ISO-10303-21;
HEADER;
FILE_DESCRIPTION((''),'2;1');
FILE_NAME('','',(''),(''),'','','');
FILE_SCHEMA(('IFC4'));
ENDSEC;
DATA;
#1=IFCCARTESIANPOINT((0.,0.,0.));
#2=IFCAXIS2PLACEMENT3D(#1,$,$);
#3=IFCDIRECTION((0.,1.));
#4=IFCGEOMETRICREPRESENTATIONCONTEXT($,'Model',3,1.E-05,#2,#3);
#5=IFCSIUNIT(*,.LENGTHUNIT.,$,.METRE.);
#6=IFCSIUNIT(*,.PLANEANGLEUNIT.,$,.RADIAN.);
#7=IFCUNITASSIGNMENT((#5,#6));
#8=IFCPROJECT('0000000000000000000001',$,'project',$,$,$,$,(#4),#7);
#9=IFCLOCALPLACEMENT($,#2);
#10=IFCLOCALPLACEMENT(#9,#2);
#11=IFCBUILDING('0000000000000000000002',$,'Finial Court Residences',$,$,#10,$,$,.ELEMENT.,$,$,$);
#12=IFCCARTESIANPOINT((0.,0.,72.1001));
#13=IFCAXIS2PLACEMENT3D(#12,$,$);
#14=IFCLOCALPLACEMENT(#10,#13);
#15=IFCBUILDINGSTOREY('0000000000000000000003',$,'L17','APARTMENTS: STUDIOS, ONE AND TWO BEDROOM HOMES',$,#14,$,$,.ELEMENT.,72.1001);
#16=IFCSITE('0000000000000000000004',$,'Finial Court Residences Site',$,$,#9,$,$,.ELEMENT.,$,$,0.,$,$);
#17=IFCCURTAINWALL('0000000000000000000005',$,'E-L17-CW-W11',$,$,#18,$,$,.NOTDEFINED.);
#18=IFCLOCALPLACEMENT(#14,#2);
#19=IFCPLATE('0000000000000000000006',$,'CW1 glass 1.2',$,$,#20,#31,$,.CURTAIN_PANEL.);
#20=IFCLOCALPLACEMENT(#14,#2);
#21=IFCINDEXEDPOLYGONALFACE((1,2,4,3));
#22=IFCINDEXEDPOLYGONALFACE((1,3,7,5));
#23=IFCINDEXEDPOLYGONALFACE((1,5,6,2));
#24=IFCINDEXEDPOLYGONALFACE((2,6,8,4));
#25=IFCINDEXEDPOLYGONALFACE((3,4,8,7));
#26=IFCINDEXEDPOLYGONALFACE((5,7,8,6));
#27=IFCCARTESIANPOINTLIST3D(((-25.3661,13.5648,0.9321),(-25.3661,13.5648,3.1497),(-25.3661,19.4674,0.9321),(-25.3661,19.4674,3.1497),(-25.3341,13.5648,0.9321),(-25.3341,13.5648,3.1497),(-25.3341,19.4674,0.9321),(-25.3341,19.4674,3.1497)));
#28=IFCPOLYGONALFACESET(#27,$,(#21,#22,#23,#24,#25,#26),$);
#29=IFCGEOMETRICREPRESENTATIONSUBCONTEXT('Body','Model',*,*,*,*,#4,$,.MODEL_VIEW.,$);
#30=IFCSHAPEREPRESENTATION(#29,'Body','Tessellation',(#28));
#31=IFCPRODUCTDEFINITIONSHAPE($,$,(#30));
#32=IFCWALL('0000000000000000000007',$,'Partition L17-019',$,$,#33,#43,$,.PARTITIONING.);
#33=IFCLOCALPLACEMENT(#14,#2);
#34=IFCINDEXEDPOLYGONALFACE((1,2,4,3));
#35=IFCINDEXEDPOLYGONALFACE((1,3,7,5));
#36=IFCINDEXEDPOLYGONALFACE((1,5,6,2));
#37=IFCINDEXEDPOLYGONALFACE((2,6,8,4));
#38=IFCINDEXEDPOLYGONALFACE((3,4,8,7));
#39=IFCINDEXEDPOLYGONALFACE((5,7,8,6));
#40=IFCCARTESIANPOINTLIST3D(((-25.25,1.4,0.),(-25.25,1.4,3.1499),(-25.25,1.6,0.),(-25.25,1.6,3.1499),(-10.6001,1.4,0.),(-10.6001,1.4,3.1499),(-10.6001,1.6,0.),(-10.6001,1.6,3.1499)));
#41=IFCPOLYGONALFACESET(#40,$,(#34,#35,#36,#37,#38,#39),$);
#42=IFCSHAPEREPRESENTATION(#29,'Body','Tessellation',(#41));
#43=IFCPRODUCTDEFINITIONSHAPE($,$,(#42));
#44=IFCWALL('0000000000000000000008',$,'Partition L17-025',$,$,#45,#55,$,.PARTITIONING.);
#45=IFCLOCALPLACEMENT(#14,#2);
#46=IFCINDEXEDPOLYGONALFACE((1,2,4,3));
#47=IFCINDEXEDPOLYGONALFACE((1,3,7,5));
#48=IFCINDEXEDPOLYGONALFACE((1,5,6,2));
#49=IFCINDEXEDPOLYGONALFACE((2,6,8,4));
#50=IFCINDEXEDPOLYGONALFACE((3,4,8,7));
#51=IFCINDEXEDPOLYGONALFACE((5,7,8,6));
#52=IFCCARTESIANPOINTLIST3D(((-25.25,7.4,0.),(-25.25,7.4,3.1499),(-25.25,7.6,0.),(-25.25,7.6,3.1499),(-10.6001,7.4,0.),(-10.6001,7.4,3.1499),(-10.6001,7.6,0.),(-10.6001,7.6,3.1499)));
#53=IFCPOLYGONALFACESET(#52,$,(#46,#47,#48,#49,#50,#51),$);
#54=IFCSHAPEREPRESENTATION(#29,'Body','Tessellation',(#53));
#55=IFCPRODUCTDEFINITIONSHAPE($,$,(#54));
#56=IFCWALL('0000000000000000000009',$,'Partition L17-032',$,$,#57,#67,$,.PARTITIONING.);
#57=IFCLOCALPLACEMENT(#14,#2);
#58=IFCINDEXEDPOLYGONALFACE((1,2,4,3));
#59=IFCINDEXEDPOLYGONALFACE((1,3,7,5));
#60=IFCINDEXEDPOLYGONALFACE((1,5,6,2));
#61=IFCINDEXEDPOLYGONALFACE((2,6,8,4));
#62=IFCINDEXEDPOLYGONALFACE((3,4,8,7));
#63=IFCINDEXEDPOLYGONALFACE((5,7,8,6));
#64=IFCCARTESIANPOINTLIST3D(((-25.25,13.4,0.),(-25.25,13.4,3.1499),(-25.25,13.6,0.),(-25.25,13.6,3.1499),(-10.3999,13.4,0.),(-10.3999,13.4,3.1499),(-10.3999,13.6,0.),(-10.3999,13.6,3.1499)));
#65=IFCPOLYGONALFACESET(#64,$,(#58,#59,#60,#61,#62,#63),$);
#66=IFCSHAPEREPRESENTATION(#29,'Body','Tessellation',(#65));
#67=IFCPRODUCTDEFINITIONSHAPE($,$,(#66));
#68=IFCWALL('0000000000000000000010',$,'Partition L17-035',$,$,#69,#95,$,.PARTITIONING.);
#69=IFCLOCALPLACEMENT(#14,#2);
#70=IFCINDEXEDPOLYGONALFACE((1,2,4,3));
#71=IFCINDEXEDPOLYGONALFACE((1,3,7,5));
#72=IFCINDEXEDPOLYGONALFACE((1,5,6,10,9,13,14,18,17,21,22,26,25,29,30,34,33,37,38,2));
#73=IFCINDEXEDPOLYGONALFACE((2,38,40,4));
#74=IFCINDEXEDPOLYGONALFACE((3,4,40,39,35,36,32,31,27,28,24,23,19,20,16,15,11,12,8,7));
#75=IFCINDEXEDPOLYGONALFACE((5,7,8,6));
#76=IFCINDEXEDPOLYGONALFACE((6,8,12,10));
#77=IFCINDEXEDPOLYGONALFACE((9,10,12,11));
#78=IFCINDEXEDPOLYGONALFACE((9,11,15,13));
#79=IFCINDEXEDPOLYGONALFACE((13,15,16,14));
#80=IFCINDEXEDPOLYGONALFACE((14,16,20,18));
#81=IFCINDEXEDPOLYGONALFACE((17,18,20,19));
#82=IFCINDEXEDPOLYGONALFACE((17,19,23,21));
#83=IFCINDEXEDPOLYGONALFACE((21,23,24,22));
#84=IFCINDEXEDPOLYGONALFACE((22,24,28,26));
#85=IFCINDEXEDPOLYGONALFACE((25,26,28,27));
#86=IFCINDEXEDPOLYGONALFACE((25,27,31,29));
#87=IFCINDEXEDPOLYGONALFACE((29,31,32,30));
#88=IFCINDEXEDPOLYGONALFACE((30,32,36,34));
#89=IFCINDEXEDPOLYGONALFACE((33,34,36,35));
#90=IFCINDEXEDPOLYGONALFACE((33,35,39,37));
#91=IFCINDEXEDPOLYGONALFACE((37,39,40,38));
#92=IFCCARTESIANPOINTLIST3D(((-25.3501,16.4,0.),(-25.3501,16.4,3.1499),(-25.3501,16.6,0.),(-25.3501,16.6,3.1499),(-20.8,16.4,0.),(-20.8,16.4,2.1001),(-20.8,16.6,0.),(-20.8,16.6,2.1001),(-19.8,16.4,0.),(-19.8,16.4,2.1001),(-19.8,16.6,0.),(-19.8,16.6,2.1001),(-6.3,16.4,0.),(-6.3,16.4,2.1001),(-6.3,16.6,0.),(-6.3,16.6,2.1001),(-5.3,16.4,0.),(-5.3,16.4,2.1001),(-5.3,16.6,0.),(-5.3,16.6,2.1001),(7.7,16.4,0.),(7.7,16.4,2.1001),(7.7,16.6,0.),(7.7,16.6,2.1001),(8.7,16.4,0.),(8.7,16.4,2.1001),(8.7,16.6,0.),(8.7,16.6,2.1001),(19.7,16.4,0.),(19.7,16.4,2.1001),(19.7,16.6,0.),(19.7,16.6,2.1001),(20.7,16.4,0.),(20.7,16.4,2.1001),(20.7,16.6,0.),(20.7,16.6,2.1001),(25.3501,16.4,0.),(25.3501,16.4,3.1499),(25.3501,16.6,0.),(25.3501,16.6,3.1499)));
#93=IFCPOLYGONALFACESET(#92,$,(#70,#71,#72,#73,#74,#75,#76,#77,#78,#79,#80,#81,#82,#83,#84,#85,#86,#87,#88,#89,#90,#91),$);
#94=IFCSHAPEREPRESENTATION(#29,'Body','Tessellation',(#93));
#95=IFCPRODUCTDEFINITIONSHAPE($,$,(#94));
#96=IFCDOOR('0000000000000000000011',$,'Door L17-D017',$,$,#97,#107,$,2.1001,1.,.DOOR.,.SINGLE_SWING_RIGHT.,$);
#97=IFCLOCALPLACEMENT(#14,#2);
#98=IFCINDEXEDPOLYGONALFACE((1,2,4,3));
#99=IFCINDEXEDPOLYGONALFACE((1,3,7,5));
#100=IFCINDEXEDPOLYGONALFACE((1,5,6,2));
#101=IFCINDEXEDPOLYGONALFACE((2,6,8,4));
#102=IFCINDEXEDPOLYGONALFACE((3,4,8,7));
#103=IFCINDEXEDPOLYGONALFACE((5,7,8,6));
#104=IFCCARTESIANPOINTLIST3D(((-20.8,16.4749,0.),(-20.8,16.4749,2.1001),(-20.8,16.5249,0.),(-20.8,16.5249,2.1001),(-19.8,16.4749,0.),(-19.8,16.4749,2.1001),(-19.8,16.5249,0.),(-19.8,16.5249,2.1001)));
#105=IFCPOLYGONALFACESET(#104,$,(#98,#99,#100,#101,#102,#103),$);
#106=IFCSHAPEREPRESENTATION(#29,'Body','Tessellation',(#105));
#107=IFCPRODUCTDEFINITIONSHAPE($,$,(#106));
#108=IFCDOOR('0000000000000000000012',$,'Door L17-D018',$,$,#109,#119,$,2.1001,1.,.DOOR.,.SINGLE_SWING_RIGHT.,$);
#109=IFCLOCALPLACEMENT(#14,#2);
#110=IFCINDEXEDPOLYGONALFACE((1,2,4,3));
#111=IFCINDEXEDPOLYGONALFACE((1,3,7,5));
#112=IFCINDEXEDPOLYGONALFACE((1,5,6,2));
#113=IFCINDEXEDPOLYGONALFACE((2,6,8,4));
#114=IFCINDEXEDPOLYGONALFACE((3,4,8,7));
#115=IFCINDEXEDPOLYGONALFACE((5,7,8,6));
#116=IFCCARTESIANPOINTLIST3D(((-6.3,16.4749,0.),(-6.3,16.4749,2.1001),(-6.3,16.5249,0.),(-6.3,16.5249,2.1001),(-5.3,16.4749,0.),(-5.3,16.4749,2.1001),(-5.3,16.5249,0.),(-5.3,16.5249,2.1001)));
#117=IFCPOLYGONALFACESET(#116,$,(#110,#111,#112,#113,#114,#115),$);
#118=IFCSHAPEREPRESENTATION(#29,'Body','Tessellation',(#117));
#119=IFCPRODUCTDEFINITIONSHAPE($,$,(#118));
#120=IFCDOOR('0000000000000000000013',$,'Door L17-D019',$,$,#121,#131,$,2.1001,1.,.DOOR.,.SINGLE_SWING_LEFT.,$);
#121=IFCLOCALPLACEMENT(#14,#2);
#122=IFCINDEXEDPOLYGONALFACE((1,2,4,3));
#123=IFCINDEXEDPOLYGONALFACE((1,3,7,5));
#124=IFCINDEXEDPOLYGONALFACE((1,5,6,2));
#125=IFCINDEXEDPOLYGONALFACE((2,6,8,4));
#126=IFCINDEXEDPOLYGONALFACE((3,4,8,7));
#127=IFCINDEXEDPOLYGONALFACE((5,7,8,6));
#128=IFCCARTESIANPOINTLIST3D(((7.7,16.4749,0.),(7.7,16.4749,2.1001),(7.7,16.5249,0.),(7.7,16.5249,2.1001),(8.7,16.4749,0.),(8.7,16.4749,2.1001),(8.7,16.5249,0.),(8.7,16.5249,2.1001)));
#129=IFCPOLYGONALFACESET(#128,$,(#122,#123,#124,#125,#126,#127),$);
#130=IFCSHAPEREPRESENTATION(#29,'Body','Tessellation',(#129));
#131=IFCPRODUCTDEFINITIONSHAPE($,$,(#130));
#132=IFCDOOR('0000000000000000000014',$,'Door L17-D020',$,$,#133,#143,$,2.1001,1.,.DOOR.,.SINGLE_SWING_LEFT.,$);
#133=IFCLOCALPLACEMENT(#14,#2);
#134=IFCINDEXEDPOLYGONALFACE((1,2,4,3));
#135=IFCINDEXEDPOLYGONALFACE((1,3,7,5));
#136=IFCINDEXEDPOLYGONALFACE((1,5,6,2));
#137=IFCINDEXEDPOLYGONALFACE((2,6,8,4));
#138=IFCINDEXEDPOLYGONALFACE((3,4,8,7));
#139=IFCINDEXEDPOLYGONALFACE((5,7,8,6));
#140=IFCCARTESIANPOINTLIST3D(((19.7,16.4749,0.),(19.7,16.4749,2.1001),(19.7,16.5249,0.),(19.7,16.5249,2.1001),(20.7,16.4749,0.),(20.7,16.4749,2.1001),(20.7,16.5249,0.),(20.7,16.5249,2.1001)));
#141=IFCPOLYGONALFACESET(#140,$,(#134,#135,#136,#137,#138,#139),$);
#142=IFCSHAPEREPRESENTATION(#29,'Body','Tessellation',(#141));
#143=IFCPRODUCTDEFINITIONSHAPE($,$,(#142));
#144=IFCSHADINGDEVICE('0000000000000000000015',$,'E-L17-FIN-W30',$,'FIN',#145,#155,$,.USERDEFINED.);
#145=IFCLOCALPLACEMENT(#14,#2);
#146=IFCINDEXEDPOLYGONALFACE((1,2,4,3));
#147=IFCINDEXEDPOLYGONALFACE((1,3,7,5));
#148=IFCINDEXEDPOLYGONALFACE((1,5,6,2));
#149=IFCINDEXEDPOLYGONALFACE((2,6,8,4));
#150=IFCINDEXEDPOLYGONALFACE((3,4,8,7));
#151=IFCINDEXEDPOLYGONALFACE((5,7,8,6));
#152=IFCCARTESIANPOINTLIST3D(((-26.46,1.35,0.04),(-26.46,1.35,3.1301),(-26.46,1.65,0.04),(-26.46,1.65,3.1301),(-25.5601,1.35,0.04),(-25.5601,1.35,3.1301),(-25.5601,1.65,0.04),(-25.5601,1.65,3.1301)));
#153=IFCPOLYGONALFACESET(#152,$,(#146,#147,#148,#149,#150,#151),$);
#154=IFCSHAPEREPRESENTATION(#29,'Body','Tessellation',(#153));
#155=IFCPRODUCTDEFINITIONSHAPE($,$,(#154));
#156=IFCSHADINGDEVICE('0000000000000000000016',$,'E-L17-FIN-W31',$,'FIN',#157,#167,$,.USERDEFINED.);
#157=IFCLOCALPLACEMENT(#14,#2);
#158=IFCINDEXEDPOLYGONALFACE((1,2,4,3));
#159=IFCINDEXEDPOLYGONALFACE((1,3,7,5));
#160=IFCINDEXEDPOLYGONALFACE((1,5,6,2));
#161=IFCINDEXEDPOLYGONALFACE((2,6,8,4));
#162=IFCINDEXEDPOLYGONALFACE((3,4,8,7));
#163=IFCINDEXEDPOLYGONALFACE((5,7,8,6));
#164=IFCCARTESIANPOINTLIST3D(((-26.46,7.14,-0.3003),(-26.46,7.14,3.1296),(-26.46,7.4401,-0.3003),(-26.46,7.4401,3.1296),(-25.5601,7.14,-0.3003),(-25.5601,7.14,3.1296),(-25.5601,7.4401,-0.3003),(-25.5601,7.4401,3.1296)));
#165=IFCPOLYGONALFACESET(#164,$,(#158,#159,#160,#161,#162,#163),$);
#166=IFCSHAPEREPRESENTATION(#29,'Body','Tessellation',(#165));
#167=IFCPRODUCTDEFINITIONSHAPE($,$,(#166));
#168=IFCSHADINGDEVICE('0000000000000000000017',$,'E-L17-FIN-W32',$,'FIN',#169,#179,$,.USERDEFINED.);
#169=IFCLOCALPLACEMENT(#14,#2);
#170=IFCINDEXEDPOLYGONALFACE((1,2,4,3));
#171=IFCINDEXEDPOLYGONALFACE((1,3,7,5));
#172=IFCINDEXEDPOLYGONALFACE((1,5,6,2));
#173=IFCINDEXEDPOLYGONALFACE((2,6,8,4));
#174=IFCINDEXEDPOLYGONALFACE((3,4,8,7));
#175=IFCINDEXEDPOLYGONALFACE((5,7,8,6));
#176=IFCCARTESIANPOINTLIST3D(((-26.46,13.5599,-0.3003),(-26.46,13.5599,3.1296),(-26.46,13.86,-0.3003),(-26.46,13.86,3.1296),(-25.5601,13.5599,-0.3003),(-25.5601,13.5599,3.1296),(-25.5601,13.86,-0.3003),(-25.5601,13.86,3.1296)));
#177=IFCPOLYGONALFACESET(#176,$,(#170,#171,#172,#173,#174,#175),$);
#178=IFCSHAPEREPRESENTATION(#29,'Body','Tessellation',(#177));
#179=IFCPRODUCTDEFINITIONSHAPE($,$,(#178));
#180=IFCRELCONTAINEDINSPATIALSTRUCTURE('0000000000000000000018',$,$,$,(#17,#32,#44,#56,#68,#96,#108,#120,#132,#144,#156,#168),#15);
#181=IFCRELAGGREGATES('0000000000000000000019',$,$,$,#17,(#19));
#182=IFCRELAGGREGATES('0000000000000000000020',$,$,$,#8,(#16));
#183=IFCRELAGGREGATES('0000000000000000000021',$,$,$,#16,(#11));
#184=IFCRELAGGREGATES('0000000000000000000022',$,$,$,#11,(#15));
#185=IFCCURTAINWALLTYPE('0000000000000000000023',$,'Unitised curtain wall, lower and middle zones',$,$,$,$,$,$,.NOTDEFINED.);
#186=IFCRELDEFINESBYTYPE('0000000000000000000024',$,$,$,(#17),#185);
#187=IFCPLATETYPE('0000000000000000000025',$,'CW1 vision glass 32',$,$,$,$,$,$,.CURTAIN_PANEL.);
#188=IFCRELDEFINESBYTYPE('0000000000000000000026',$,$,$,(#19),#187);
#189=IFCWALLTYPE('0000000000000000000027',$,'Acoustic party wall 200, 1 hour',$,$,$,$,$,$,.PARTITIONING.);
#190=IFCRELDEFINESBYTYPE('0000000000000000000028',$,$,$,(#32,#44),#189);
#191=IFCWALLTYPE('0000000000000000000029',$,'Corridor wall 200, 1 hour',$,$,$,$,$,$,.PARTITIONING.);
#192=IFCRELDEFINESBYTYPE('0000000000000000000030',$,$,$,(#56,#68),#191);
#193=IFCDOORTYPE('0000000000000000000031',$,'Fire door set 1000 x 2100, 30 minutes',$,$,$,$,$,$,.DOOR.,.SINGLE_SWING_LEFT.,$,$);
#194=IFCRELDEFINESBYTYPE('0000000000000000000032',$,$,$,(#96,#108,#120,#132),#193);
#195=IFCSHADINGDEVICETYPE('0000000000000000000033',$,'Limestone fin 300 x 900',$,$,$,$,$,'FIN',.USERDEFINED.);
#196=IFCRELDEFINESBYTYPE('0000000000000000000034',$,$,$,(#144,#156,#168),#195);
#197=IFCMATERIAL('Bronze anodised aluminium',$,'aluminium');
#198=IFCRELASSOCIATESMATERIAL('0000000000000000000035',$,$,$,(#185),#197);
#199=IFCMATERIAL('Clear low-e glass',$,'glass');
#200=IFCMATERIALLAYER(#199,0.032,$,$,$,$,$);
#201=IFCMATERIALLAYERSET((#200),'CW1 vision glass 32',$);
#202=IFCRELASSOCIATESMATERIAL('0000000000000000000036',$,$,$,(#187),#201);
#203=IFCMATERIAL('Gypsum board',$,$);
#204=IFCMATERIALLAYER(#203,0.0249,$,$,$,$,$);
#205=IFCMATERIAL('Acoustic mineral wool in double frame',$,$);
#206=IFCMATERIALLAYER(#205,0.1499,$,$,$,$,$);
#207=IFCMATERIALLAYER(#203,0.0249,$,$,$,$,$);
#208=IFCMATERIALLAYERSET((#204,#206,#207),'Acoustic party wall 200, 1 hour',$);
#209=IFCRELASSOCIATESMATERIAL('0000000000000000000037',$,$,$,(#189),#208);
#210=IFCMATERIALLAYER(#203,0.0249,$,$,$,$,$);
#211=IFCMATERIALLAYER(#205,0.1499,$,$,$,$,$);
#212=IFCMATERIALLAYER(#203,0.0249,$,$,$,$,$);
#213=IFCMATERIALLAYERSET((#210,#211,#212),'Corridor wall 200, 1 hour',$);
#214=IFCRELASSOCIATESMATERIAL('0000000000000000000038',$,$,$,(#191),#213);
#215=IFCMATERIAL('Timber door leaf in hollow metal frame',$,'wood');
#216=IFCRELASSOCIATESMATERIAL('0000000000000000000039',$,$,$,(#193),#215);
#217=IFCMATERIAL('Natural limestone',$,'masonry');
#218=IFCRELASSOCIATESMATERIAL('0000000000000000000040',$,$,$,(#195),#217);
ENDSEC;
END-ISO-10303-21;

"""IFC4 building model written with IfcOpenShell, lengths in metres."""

from ifc_helpers import new_model, si_unit, direction, frame, frame_2d, origin, origin_2d, place, context, subcontext, project, spatial, rectangle, extrude, material, layer, layer_set, type_object, element, fill, aggregate, save


model = new_model("IFC4")

# Units and contexts
model_context = context("Model", 3, precision=1e-05, world=origin(), true_north=direction((0.0, 1.0)))
body_context = subcontext(model_context, "Body", "Model", "MODEL_VIEW")
ifc_project = project(units=[si_unit("LENGTHUNIT", "METRE"), si_unit("PLANEANGLEUNIT", "RADIAN")], contexts=[model_context])

# Site, building, storey
site_placement = place(None, origin())
site = spatial("IfcSite", under=ifc_project, at=site_placement, Name="Finial Court Residences Site", CompositionType="ELEMENT", RefElevation=0.0)
building_placement = place(site_placement, origin())
building = spatial("IfcBuilding", under=site, at=building_placement, Name="Finial Court Residences", CompositionType="ELEMENT")
storey_placement = place(building_placement, frame((0.0, 0.0, 72.1001)))
storey = spatial("IfcBuildingStorey", under=building, at=storey_placement, Name="L17", Description="APARTMENTS: STUDIOS, ONE AND TWO BEDROOM HOMES", CompositionType="ELEMENT", Elevation=72.1001)

# Curtain wall
ifc_material_1 = material(Name="Bronze anodised aluminium", Category="aluminium")
curtain_wall_type = type_object("IfcCurtainWallType", Name="Unitised curtain wall, lower and middle zones", PredefinedType="NOTDEFINED", material=ifc_material_1)
curtain_wall_1_placement = place(storey_placement, origin())
curtain_wall_1 = element("IfcCurtainWall", 1, at=curtain_wall_1_placement, inside=storey, type_object=curtain_wall_type, Name="E-L17-CW-W11", PredefinedType="NOTDEFINED")

# Plate
ifc_material_2 = material(Name="Clear low-e glass", Category="glass")
ifc_layer_1 = layer(ifc_material_2, 0.032)
ifc_layer_set_1 = layer_set([ifc_layer_1], Name="CW1 vision glass 32")
plate_type_1 = type_object("IfcPlateType", Name="CW1 vision glass 32", PredefinedType="CURTAIN_PANEL", material=ifc_layer_set_1)
plate_1_placement = place(storey_placement, frame((-25.3501, 16.5161, 0.9321), z_axis=(0.0, 0.0, 1.0), x_axis=(0.0, 1.0, 0.0)))
plate_1 = element("IfcPlate", 2, at=plate_1_placement, type_object=plate_type_1, Name="CW1 glass 1.2", PredefinedType="CURTAIN_PANEL", context=body_context, shape_type="SweptSolid", body=[
    extrude(rectangle(XDim=5.9026, YDim=0.032, at=origin_2d()), origin(), (0.0, 0.0, 1.0), 2.2175),
])
aggregate(curtain_wall_1, [plate_1])

# Walls
ifc_material_3 = material(Name="Gypsum board")
ifc_layer_2 = layer(ifc_material_3, 0.0249)
ifc_material_4 = material(Name="Acoustic mineral wool in double frame")
ifc_layer_3 = layer(ifc_material_4, 0.1499)
ifc_layer_4 = layer(ifc_material_3, 0.0249)
ifc_layer_set_2 = layer_set([ifc_layer_2, ifc_layer_3, ifc_layer_4], Name="Acoustic party wall 200, 1 hour")
wall_type_1 = type_object("IfcWallType", Name="Acoustic party wall 200, 1 hour", PredefinedType="PARTITIONING", material=ifc_layer_set_2)
for number, where, z_axis, x_axis, name in (
    (3, (-25.25, 1.5, 0.0), (0.0, 0.0, 1.0), (1.0, 0.0, 0.0), "Partition L17-019"),
    (4, (-25.25, 7.5, 0.0), (0.0, 0.0, 1.0), (1.0, 0.0, 0.0), "Partition L17-025"),
):
    element("IfcWall", number, at=place(storey_placement, frame(where, z_axis=z_axis, x_axis=x_axis)), inside=storey, type_object=wall_type_1, Name=name, PredefinedType="PARTITIONING", context=body_context, shape_type="SweptSolid", body=[
        extrude(rectangle(XDim=14.6499, YDim=0.2, at=frame_2d((7.325, 0.0))), origin(), (0.0, 0.0, 1.0), 3.1499),
    ])
ifc_layer_5 = layer(ifc_material_3, 0.0249)
ifc_layer_6 = layer(ifc_material_4, 0.1499)
ifc_layer_7 = layer(ifc_material_3, 0.0249)
ifc_layer_set_3 = layer_set([ifc_layer_5, ifc_layer_6, ifc_layer_7], Name="Corridor wall 200, 1 hour")
wall_type_2 = type_object("IfcWallType", Name="Corridor wall 200, 1 hour", PredefinedType="PARTITIONING", material=ifc_layer_set_3)
wall_1_placement = place(storey_placement, frame((-25.25, 13.5, 0.0), z_axis=(0.0, 0.0, 1.0), x_axis=(1.0, 0.0, 0.0)))
element("IfcWall", 5, at=wall_1_placement, inside=storey, type_object=wall_type_2, Name="Partition L17-032", PredefinedType="PARTITIONING", context=body_context, shape_type="SweptSolid", body=[
    extrude(rectangle(XDim=14.8501, YDim=0.2, at=frame_2d((7.425, 0.0))), origin(), (0.0, 0.0, 1.0), 3.1499),
])

# Wall, openings, doors
wall_2_placement = place(storey_placement, frame((-25.3501, 16.5, 0.0), z_axis=(0.0, 0.0, 1.0), x_axis=(1.0, 0.0, 0.0)))
wall_2 = element("IfcWall", 6, at=wall_2_placement, inside=storey, type_object=wall_type_2, Name="Partition L17-035", PredefinedType="PARTITIONING", context=body_context, shape_type="SweptSolid", body=[
    extrude(rectangle(XDim=50.7002, YDim=0.2, at=frame_2d((25.3501, 0.0))), origin(), (0.0, 0.0, 1.0), 3.1499),
])
opening_1_placement = place(wall_2_placement, frame((4.55, 0.0, 0.0)))
opening_1 = element("IfcOpeningElement", 7, at=opening_1_placement, cuts=wall_2, PredefinedType="OPENING", context=body_context, shape_type="SweptSolid", body=[
    extrude(rectangle(XDim=1.0, YDim=2.1001, at=frame_2d((0.5, 1.05))), frame((0.0, 0.1099, 0.0), z_axis=(0.0, -1.0, 0.0), x_axis=(1.0, 0.0, 0.0)), (0.0, 0.0, 1.0), 0.22),
])
opening_2_placement = place(wall_2_placement, frame((19.05, 0.0, 0.0)))
opening_2 = element("IfcOpeningElement", 8, at=opening_2_placement, cuts=wall_2, PredefinedType="OPENING", context=body_context, shape_type="SweptSolid", body=[
    extrude(rectangle(XDim=1.0, YDim=2.1001, at=frame_2d((0.5, 1.05))), frame((0.0, 0.1099, 0.0), z_axis=(0.0, -1.0, 0.0), x_axis=(1.0, 0.0, 0.0)), (0.0, 0.0, 1.0), 0.22),
])
opening_3_placement = place(wall_2_placement, frame((33.05, 0.0, 0.0)))
opening_3 = element("IfcOpeningElement", 9, at=opening_3_placement, cuts=wall_2, PredefinedType="OPENING", context=body_context, shape_type="SweptSolid", body=[
    extrude(rectangle(XDim=1.0, YDim=2.1001, at=frame_2d((0.5, 1.05))), frame((0.0, 0.1099, 0.0), z_axis=(0.0, -1.0, 0.0), x_axis=(1.0, 0.0, 0.0)), (0.0, 0.0, 1.0), 0.22),
])
opening_4_placement = place(wall_2_placement, frame((45.05, 0.0, 0.0)))
opening_4 = element("IfcOpeningElement", 10, at=opening_4_placement, cuts=wall_2, PredefinedType="OPENING", context=body_context, shape_type="SweptSolid", body=[
    extrude(rectangle(XDim=1.0, YDim=2.1001, at=frame_2d((0.5, 1.05))), frame((0.0, 0.1099, 0.0), z_axis=(0.0, -1.0, 0.0), x_axis=(1.0, 0.0, 0.0)), (0.0, 0.0, 1.0), 0.22),
])
ifc_material_5 = material(Name="Timber door leaf in hollow metal frame", Category="wood")
door_type = type_object("IfcDoorType", Name="Fire door set 1000 x 2100, 30 minutes", OperationType="SINGLE_SWING_LEFT", PredefinedType="DOOR", material=ifc_material_5)
door_1_placement = place(opening_1_placement, origin())
door_1 = element("IfcDoor", 11, at=door_1_placement, inside=storey, type_object=door_type, Name="Door L17-D017", OperationType="SINGLE_SWING_RIGHT", OverallHeight=2.1001, OverallWidth=1.0, PredefinedType="DOOR", context=body_context, shape_type="SweptSolid", body=[
    extrude(rectangle(XDim=1.0, YDim=2.1001, at=frame_2d((0.5, 1.05))), frame((0.0, 0.0249, 0.0), z_axis=(0.0, -1.0, 0.0), x_axis=(1.0, 0.0, 0.0)), (0.0, 0.0, 1.0), 0.05),
])
fill(opening_1, door_1)
door_2_placement = place(opening_2_placement, origin())
door_2 = element("IfcDoor", 12, at=door_2_placement, inside=storey, type_object=door_type, Name="Door L17-D018", OperationType="SINGLE_SWING_RIGHT", OverallHeight=2.1001, OverallWidth=1.0, PredefinedType="DOOR", context=body_context, shape_type="SweptSolid", body=[
    extrude(rectangle(XDim=1.0, YDim=2.1001, at=frame_2d((0.5, 1.05))), frame((0.0, 0.0249, 0.0), z_axis=(0.0, -1.0, 0.0), x_axis=(1.0, 0.0, 0.0)), (0.0, 0.0, 1.0), 0.05),
])
fill(opening_2, door_2)
door_3_placement = place(opening_3_placement, origin())
door_3 = element("IfcDoor", 13, at=door_3_placement, inside=storey, type_object=door_type, Name="Door L17-D019", OperationType="SINGLE_SWING_LEFT", OverallHeight=2.1001, OverallWidth=1.0, PredefinedType="DOOR", context=body_context, shape_type="SweptSolid", body=[
    extrude(rectangle(XDim=1.0, YDim=2.1001, at=frame_2d((0.5, 1.05))), frame((0.0, 0.0249, 0.0), z_axis=(0.0, -1.0, 0.0), x_axis=(1.0, 0.0, 0.0)), (0.0, 0.0, 1.0), 0.05),
])
fill(opening_3, door_3)
door_4_placement = place(opening_4_placement, origin())
door_4 = element("IfcDoor", 14, at=door_4_placement, inside=storey, type_object=door_type, Name="Door L17-D020", OperationType="SINGLE_SWING_LEFT", OverallHeight=2.1001, OverallWidth=1.0, PredefinedType="DOOR", context=body_context, shape_type="SweptSolid", body=[
    extrude(rectangle(XDim=1.0, YDim=2.1001, at=frame_2d((0.5, 1.05))), frame((0.0, 0.0249, 0.0), z_axis=(0.0, -1.0, 0.0), x_axis=(1.0, 0.0, 0.0)), (0.0, 0.0, 1.0), 0.05),
])
fill(opening_4, door_4)

# Shading devices
ifc_material_6 = material(Name="Natural limestone", Category="masonry")
shading_device_type = type_object("IfcShadingDeviceType", Name="Limestone fin 300 x 900", ElementType="FIN", PredefinedType="USERDEFINED", material=ifc_material_6)
shading_device_placement = place(storey_placement, frame((-26.01, 1.5, 0.04), z_axis=(0.0, 0.0, 1.0), x_axis=(1.0, 0.0, 0.0)))
element("IfcShadingDevice", 15, at=shading_device_placement, inside=storey, type_object=shading_device_type, Name="E-L17-FIN-W30", ObjectType="FIN", PredefinedType="USERDEFINED", context=body_context, shape_type="SweptSolid", body=[
    extrude(rectangle(XDim=0.8999, YDim=0.3, at=origin_2d()), origin(), (0.0, 0.0, 1.0), 3.0901),
])
for number, where, z_axis, x_axis, name in (
    (16, (-26.01, 7.29, -0.3003), (0.0, 0.0, 1.0), (1.0, 0.0, 0.0), "E-L17-FIN-W31"),
    (17, (-26.01, 13.71, -0.3003), (0.0, 0.0, 1.0), (1.0, 0.0, 0.0), "E-L17-FIN-W32"),
):
    element("IfcShadingDevice", number, at=place(storey_placement, frame(where, z_axis=z_axis, x_axis=x_axis)), inside=storey, type_object=shading_device_type, Name=name, ObjectType="FIN", PredefinedType="USERDEFINED", context=body_context, shape_type="SweptSolid", body=[
        extrude(rectangle(XDim=0.8999, YDim=0.3, at=origin_2d()), origin(), (0.0, 0.0, 1.0), 3.4299),
    ])

save(model, "model.ifc")
